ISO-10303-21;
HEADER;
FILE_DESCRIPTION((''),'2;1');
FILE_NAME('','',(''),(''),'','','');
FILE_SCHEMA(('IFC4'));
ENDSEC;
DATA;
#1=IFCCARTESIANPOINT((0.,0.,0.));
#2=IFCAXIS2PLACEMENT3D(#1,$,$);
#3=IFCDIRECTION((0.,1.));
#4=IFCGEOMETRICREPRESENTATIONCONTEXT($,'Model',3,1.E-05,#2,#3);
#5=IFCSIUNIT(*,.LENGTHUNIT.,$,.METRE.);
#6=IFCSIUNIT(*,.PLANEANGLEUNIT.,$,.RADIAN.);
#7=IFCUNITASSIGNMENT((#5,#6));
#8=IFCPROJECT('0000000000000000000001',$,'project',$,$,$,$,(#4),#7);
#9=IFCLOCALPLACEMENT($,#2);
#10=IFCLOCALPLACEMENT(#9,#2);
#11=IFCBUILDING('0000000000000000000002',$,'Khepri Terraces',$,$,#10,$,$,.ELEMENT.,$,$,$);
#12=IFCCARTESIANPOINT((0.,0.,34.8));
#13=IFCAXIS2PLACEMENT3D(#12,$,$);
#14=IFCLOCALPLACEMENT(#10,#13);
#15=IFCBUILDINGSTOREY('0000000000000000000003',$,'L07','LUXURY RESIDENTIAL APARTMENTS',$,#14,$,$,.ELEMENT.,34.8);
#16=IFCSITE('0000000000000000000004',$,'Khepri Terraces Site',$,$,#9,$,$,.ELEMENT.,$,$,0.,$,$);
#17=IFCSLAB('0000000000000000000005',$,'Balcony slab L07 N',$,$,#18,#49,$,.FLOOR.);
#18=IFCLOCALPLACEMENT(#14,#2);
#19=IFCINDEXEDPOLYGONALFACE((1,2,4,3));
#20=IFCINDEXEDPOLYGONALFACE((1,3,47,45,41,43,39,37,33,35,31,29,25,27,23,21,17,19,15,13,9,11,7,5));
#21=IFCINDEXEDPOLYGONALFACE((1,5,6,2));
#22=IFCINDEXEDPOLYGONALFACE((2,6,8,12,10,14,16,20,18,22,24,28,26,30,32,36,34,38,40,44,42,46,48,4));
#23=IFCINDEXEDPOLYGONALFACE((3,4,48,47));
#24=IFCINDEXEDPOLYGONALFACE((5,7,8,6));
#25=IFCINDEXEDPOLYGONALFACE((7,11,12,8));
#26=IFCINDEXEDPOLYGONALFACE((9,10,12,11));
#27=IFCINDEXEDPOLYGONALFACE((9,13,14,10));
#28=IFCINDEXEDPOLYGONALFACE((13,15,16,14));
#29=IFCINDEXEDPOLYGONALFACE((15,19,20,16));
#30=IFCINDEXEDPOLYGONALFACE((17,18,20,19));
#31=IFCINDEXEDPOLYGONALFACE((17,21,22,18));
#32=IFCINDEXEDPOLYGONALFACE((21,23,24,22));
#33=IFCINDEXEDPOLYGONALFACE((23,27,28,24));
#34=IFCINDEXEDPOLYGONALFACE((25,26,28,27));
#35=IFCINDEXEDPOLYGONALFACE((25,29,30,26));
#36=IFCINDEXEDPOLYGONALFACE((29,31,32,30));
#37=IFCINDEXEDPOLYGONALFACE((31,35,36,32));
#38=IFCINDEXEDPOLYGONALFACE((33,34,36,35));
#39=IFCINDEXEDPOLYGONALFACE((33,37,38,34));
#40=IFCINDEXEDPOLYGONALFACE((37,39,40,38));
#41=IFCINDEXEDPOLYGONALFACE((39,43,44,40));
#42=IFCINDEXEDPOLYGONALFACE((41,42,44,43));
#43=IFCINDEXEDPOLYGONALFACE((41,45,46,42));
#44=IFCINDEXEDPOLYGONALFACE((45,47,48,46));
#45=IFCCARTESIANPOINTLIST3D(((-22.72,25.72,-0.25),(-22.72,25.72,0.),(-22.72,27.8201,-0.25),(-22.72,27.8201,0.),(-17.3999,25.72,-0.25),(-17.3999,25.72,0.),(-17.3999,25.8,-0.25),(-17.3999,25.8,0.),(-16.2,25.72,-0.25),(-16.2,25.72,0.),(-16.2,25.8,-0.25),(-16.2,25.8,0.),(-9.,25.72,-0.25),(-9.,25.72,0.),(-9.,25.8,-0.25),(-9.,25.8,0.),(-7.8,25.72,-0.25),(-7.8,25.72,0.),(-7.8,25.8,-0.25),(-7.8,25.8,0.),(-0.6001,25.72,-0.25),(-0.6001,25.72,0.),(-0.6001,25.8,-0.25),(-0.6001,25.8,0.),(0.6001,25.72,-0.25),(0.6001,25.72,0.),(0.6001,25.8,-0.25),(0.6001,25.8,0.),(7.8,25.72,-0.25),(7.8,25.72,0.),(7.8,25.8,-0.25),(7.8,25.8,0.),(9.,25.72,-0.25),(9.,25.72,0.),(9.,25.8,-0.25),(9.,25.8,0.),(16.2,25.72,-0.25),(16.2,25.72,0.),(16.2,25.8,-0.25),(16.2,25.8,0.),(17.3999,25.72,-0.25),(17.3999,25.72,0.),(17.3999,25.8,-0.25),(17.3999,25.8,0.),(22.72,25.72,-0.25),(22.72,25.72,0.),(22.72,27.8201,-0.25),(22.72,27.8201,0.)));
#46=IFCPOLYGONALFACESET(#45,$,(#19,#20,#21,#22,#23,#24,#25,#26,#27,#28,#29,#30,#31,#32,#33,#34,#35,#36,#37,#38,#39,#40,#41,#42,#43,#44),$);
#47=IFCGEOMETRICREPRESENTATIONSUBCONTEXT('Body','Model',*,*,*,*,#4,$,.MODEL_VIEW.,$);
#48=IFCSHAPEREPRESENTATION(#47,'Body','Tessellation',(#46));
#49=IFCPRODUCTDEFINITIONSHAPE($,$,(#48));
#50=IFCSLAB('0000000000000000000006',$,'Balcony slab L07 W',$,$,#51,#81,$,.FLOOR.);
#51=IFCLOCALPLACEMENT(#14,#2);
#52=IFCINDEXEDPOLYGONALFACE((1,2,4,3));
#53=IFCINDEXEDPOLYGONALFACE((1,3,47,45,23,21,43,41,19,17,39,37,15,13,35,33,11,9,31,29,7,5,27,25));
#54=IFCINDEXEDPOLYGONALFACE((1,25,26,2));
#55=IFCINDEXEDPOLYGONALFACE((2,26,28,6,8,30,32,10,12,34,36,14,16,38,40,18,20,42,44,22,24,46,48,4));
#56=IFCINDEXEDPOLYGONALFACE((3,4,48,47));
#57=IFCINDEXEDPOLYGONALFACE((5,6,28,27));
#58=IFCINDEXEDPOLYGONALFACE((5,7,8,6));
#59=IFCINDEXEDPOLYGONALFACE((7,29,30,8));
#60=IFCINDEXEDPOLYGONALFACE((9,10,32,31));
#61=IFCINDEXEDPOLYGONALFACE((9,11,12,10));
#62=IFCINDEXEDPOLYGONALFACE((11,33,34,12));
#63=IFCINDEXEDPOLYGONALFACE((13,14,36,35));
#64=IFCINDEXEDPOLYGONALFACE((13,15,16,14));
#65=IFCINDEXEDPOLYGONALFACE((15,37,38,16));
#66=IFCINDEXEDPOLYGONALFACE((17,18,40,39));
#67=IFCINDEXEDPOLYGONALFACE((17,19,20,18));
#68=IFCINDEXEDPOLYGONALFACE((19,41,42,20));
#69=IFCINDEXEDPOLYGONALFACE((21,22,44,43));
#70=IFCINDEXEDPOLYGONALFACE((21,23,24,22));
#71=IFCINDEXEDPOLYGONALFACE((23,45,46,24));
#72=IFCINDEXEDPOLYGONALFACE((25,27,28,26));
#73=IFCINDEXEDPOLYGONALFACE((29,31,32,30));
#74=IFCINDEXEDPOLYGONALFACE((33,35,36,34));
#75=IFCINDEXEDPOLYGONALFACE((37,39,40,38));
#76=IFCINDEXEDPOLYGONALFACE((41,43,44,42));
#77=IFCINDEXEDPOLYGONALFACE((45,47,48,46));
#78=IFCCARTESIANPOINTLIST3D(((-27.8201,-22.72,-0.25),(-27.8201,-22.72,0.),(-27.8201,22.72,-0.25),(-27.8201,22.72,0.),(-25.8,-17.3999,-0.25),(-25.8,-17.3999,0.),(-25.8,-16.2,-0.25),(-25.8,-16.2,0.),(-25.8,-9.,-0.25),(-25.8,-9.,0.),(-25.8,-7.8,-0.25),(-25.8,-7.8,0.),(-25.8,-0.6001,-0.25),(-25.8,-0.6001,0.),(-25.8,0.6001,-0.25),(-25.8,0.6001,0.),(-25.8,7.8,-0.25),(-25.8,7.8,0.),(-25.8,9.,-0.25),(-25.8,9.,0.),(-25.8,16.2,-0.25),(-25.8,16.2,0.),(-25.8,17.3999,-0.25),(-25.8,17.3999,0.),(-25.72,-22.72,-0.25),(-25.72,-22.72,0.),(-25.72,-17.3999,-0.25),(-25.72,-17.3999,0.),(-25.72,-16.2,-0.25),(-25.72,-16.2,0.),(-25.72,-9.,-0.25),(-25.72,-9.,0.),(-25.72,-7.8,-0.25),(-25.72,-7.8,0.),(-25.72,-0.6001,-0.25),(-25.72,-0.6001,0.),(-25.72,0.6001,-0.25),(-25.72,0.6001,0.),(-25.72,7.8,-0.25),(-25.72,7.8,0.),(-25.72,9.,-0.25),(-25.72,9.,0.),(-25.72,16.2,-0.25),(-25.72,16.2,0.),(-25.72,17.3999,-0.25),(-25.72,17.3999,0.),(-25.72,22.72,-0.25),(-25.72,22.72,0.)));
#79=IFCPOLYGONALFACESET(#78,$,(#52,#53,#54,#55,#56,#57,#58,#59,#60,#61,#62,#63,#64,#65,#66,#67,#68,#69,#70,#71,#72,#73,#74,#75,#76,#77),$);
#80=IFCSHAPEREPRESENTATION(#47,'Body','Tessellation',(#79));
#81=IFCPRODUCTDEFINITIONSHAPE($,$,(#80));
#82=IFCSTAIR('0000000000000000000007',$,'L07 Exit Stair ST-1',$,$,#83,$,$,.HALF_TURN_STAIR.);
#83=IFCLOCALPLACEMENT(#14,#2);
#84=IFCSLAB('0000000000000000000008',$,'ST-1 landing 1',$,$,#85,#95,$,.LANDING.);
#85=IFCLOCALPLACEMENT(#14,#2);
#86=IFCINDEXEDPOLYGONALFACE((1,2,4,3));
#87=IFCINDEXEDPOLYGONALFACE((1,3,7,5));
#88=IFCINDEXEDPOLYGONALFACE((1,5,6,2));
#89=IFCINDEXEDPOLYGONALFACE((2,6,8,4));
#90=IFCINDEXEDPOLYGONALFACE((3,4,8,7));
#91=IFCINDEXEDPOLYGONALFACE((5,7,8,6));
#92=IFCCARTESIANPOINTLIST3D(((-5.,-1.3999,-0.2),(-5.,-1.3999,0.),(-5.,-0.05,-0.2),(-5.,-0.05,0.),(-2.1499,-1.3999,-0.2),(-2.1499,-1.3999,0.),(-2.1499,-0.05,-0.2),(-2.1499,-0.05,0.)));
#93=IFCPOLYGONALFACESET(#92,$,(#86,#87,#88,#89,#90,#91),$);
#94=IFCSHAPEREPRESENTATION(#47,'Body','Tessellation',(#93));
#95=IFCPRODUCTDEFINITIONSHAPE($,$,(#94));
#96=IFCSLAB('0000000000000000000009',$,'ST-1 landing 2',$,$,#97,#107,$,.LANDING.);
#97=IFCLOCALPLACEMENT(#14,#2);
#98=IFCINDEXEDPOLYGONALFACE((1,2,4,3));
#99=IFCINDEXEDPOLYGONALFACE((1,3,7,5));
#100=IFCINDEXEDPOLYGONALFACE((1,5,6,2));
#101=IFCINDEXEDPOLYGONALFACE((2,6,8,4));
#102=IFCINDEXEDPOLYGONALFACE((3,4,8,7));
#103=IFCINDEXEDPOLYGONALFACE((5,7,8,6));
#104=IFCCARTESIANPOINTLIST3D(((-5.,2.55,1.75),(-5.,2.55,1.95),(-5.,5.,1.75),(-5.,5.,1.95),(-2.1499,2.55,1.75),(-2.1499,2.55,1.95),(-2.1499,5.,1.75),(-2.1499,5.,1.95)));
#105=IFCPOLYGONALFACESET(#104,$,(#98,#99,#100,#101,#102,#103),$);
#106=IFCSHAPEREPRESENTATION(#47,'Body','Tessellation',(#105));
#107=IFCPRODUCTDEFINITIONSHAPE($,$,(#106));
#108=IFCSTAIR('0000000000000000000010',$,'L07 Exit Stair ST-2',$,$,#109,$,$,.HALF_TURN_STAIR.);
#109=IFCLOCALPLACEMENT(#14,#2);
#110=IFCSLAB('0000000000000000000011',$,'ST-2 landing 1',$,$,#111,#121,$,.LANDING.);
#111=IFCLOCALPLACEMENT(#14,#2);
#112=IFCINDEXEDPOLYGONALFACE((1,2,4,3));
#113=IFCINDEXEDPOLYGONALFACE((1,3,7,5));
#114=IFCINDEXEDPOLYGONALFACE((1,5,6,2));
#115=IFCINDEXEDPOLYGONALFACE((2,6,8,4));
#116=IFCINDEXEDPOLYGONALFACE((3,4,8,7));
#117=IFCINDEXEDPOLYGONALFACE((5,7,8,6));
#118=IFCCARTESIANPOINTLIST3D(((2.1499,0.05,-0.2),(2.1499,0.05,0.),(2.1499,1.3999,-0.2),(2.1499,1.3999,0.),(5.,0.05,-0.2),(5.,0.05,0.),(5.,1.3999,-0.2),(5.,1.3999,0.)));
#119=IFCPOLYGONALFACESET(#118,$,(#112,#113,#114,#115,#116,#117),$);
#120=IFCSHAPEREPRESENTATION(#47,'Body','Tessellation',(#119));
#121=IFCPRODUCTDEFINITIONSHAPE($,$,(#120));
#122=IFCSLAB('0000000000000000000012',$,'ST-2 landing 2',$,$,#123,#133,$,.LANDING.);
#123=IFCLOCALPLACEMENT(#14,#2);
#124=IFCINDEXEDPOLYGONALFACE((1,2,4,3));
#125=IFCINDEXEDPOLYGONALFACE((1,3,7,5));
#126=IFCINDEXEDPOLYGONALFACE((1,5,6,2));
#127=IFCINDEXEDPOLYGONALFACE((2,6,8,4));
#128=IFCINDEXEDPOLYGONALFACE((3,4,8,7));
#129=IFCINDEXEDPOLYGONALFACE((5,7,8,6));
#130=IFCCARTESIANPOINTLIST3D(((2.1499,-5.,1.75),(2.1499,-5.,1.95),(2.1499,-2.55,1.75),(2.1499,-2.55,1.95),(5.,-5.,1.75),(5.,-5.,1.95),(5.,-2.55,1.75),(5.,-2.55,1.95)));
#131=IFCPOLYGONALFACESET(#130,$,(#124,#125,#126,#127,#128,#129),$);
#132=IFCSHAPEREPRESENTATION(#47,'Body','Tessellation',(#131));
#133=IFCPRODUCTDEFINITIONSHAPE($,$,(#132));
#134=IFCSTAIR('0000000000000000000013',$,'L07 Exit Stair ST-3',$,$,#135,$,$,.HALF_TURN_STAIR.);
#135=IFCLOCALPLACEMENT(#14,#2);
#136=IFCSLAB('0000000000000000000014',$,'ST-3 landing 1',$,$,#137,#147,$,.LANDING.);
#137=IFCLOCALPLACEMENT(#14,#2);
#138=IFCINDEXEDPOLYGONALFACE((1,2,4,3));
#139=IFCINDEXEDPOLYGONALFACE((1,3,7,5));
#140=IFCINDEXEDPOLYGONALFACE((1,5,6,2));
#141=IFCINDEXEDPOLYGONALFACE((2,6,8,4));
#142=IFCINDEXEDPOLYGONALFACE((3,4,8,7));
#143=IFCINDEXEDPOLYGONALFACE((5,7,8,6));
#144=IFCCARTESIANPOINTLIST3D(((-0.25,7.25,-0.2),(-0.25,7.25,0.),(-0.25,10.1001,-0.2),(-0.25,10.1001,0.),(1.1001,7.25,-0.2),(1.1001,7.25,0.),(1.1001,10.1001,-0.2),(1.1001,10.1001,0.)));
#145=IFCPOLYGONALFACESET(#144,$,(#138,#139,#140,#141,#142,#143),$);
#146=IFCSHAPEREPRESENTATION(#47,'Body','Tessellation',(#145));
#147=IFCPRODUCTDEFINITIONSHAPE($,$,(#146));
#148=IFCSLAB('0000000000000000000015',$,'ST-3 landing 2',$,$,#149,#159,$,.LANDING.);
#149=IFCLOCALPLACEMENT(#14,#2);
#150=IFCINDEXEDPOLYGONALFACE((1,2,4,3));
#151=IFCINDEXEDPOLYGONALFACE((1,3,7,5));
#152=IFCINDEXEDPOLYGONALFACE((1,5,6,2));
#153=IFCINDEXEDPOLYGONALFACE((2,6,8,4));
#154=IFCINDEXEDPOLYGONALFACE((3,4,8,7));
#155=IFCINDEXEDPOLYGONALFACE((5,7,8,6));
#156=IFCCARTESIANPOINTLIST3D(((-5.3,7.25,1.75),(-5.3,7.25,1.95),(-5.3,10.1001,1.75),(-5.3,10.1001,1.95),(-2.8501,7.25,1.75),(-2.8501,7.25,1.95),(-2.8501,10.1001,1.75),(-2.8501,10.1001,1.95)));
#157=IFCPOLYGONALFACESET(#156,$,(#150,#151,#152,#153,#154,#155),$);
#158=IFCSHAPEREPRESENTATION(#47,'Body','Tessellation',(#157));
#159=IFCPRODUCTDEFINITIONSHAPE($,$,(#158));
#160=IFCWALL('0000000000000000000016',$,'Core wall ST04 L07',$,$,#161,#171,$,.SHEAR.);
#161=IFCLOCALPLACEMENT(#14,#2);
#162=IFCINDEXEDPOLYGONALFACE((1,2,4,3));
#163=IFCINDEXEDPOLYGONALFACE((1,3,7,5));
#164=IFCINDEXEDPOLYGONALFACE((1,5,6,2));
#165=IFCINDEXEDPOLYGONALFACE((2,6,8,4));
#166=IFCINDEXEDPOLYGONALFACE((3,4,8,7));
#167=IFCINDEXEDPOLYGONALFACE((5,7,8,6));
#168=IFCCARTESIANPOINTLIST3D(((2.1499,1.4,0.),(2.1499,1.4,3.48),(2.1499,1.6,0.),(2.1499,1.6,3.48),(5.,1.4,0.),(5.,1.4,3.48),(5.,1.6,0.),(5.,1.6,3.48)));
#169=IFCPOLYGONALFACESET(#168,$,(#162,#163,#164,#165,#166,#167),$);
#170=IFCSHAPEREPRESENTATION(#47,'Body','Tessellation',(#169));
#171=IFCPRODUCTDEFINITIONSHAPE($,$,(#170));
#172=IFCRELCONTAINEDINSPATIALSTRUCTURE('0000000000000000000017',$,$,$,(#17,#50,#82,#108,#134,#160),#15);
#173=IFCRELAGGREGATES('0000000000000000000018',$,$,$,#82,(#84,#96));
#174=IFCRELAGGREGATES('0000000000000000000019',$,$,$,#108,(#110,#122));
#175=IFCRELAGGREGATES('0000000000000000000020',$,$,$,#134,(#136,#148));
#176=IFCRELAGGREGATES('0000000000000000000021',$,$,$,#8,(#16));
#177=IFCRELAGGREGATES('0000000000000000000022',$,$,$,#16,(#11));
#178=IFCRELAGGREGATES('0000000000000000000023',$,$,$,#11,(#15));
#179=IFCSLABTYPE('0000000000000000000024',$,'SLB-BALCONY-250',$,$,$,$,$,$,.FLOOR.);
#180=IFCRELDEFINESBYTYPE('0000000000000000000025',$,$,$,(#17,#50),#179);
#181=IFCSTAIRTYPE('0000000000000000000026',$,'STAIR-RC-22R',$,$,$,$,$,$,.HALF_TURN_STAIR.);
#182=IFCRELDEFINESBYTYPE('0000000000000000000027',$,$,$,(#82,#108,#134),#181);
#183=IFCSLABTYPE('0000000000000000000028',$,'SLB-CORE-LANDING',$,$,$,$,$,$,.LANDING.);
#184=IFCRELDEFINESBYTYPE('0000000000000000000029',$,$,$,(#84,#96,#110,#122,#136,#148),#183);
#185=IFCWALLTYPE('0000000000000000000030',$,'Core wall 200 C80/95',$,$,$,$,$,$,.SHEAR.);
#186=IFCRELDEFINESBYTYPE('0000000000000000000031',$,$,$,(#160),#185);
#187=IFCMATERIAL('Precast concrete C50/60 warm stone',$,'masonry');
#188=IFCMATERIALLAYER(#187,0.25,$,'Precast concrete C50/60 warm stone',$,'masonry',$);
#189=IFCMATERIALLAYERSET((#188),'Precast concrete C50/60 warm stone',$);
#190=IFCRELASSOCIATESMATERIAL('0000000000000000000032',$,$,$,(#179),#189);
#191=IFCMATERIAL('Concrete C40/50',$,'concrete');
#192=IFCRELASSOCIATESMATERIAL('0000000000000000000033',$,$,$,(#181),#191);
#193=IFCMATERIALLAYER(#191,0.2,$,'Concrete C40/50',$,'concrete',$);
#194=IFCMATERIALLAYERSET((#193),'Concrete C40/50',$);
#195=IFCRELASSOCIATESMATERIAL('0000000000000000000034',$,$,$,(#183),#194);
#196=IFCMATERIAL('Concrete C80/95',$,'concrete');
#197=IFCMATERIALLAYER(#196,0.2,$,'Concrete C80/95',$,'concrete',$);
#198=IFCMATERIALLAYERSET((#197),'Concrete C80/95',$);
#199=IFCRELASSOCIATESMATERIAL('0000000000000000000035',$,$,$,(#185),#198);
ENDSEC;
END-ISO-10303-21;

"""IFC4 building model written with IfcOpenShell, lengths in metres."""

from ifc_helpers import new_model, si_unit, direction, frame, frame_2d, origin, place, context, subcontext, project, spatial, polyline, rectangle, outline, extrude, material, layer, layer_set, type_object, element, aggregate, save


model = new_model("IFC4")

# Units and contexts
model_context = context("Model", 3, precision=1e-05, world=origin(), true_north=direction((0.0, 1.0)))
body_context = subcontext(model_context, "Body", "Model", "MODEL_VIEW")
ifc_project = project(units=[si_unit("LENGTHUNIT", "METRE"), si_unit("PLANEANGLEUNIT", "RADIAN")], contexts=[model_context])

# Site, building, storey
site_placement = place(None, origin())
site = spatial("IfcSite", under=ifc_project, at=site_placement, Name="Khepri Terraces Site", CompositionType="ELEMENT", RefElevation=0.0)
building_placement = place(site_placement, origin())
building = spatial("IfcBuilding", under=site, at=building_placement, Name="Khepri Terraces", CompositionType="ELEMENT")
storey_placement = place(building_placement, frame((0.0, 0.0, 34.8)))
storey = spatial("IfcBuildingStorey", under=building, at=storey_placement, Name="L07", Description="LUXURY RESIDENTIAL APARTMENTS", CompositionType="ELEMENT", Elevation=34.8)

# Slabs
ifc_material_1 = material(Name="Precast concrete C50/60 warm stone", Category="masonry")
ifc_layer_1 = layer(ifc_material_1, 0.25, Name="Precast concrete C50/60 warm stone", Category="masonry")
ifc_layer_set_1 = layer_set([ifc_layer_1], Name="Precast concrete C50/60 warm stone")
slab_type_1 = type_object("IfcSlabType", Name="SLB-BALCONY-250", PredefinedType="FLOOR", material=ifc_layer_set_1)
slab_1_placement = place(storey_placement, frame((0.0, 0.0, -0.25)))
element("IfcSlab", 1, at=slab_1_placement, inside=storey, type_object=slab_type_1, Name="Balcony slab L07 N", PredefinedType="FLOOR", context=body_context, shape_type="SweptSolid", body=[
    extrude(outline(polyline([(17.3999, 25.72), (22.72, 25.72), (22.72, 27.8201), (-22.72, 27.8201), (-22.72, 25.72), (-17.3999, 25.72), (-17.3999, 25.8), (-16.2, 25.8), (-16.2, 25.72), (-9.0, 25.72), (-9.0, 25.8), (-7.8, 25.8), (-7.8, 25.72), (-0.6001, 25.72), (-0.6001, 25.8), (0.6001, 25.8), (0.6001, 25.72), (7.8, 25.72), (7.8, 25.8), (9.0, 25.8), (9.0, 25.72), (16.2, 25.72), (16.2, 25.8), (17.3999, 25.8), (17.3999, 25.72)])), origin(), (0.0, 0.0, 1.0), 0.25),
])
slab_2_placement = place(storey_placement, frame((0.0, 0.0, -0.25)))
element("IfcSlab", 2, at=slab_2_placement, inside=storey, type_object=slab_type_1, Name="Balcony slab L07 W", PredefinedType="FLOOR", context=body_context, shape_type="SweptSolid", body=[
    extrude(outline(polyline([(-25.72, 17.3999), (-25.72, 22.72), (-27.8201, 22.72), (-27.8201, -22.72), (-25.72, -22.72), (-25.72, -17.3999), (-25.8, -17.3999), (-25.8, -16.2), (-25.72, -16.2), (-25.72, -9.0), (-25.8, -9.0), (-25.8, -7.8), (-25.72, -7.8), (-25.72, -0.6001), (-25.8, -0.6001), (-25.8, 0.6001), (-25.72, 0.6001), (-25.72, 7.8), (-25.8, 7.8), (-25.8, 9.0), (-25.72, 9.0), (-25.72, 16.2), (-25.8, 16.2), (-25.8, 17.3999), (-25.72, 17.3999)])), origin(), (0.0, 0.0, 1.0), 0.25),
])

# Stairs, slabs
ifc_material_2 = material(Name="Concrete C40/50", Category="concrete")
stair_type = type_object("IfcStairType", Name="STAIR-RC-22R", PredefinedType="HALF_TURN_STAIR", material=ifc_material_2)
stair_1_placement = place(storey_placement, origin())
stair_1 = element("IfcStair", 3, at=stair_1_placement, inside=storey, type_object=stair_type, Name="L07 Exit Stair ST-1", PredefinedType="HALF_TURN_STAIR")
ifc_layer_2 = layer(ifc_material_2, 0.2, Name="Concrete C40/50", Category="concrete")
ifc_layer_set_2 = layer_set([ifc_layer_2], Name="Concrete C40/50")
slab_type_2 = type_object("IfcSlabType", Name="SLB-CORE-LANDING", PredefinedType="LANDING", material=ifc_layer_set_2)
slab_3_placement = place(storey_placement, frame((0.0, 0.0, -0.2)))
slab_3 = element("IfcSlab", 4, at=slab_3_placement, type_object=slab_type_2, Name="ST-1 landing 1", PredefinedType="LANDING", context=body_context, shape_type="SweptSolid", body=[
    extrude(outline(polyline([(-2.1499, -1.3999), (-2.1499, -0.05), (-5.0, -0.05), (-5.0, -1.3999), (-2.1499, -1.3999)])), origin(), (0.0, 0.0, 1.0), 0.2),
])
slab_4_placement = place(storey_placement, frame((0.0, 0.0, 1.75)))
slab_4 = element("IfcSlab", 5, at=slab_4_placement, type_object=slab_type_2, Name="ST-1 landing 2", PredefinedType="LANDING", context=body_context, shape_type="SweptSolid", body=[
    extrude(outline(polyline([(-2.1499, 2.55), (-2.1499, 5.0), (-5.0, 5.0), (-5.0, 2.55), (-2.1499, 2.55)])), origin(), (0.0, 0.0, 1.0), 0.2),
])
aggregate(stair_1, [slab_3, slab_4])
stair_2_placement = place(storey_placement, origin())
stair_2 = element("IfcStair", 6, at=stair_2_placement, inside=storey, type_object=stair_type, Name="L07 Exit Stair ST-2", PredefinedType="HALF_TURN_STAIR")
slab_5_placement = place(storey_placement, frame((0.0, 0.0, -0.2)))
slab_5 = element("IfcSlab", 7, at=slab_5_placement, type_object=slab_type_2, Name="ST-2 landing 1", PredefinedType="LANDING", context=body_context, shape_type="SweptSolid", body=[
    extrude(outline(polyline([(2.1499, 1.3999), (2.1499, 0.05), (5.0, 0.05), (5.0, 1.3999), (2.1499, 1.3999)])), origin(), (0.0, 0.0, 1.0), 0.2),
])
slab_6_placement = place(storey_placement, frame((0.0, 0.0, 1.75)))
slab_6 = element("IfcSlab", 8, at=slab_6_placement, type_object=slab_type_2, Name="ST-2 landing 2", PredefinedType="LANDING", context=body_context, shape_type="SweptSolid", body=[
    extrude(outline(polyline([(2.1499, -2.55), (2.1499, -5.0), (5.0, -5.0), (5.0, -2.55), (2.1499, -2.55)])), origin(), (0.0, 0.0, 1.0), 0.2),
])
aggregate(stair_2, [slab_5, slab_6])
stair_3_placement = place(storey_placement, origin())
stair_3 = element("IfcStair", 9, at=stair_3_placement, inside=storey, type_object=stair_type, Name="L07 Exit Stair ST-3", PredefinedType="HALF_TURN_STAIR")
slab_7_placement = place(storey_placement, frame((0.0, 0.0, -0.2)))
slab_7 = element("IfcSlab", 10, at=slab_7_placement, type_object=slab_type_2, Name="ST-3 landing 1", PredefinedType="LANDING", context=body_context, shape_type="SweptSolid", body=[
    extrude(outline(polyline([(1.1001, 10.1001), (-0.25, 10.1001), (-0.25, 7.25), (1.1001, 7.25), (1.1001, 10.1001)])), origin(), (0.0, 0.0, 1.0), 0.2),
])
slab_8_placement = place(storey_placement, frame((0.0, 0.0, 1.75)))
slab_8 = element("IfcSlab", 11, at=slab_8_placement, type_object=slab_type_2, Name="ST-3 landing 2", PredefinedType="LANDING", context=body_context, shape_type="SweptSolid", body=[
    extrude(outline(polyline([(-2.8501, 10.1001), (-5.3, 10.1001), (-5.3, 7.25), (-2.8501, 7.25), (-2.8501, 10.1001)])), origin(), (0.0, 0.0, 1.0), 0.2),
])
aggregate(stair_3, [slab_7, slab_8])

# Wall
ifc_material_3 = material(Name="Concrete C80/95", Category="concrete")
ifc_layer_3 = layer(ifc_material_3, 0.2, Name="Concrete C80/95", Category="concrete")
ifc_layer_set_3 = layer_set([ifc_layer_3], Name="Concrete C80/95")
wall_type = type_object("IfcWallType", Name="Core wall 200 C80/95", PredefinedType="SHEAR", material=ifc_layer_set_3)
wall_1_placement = place(storey_placement, frame((2.1499, 1.5, 0.0), z_axis=(0.0, 0.0, 1.0), x_axis=(1.0, 0.0, 0.0)))
element("IfcWall", 12, at=wall_1_placement, inside=storey, type_object=wall_type, Name="Core wall ST04 L07", PredefinedType="SHEAR", context=body_context, shape_type="SweptSolid", body=[
    extrude(rectangle(XDim=2.8501, YDim=0.2, at=frame_2d((1.425, 0.0))), origin(), (0.0, 0.0, 1.0), 3.48),
])

save(model, "model.ifc")
